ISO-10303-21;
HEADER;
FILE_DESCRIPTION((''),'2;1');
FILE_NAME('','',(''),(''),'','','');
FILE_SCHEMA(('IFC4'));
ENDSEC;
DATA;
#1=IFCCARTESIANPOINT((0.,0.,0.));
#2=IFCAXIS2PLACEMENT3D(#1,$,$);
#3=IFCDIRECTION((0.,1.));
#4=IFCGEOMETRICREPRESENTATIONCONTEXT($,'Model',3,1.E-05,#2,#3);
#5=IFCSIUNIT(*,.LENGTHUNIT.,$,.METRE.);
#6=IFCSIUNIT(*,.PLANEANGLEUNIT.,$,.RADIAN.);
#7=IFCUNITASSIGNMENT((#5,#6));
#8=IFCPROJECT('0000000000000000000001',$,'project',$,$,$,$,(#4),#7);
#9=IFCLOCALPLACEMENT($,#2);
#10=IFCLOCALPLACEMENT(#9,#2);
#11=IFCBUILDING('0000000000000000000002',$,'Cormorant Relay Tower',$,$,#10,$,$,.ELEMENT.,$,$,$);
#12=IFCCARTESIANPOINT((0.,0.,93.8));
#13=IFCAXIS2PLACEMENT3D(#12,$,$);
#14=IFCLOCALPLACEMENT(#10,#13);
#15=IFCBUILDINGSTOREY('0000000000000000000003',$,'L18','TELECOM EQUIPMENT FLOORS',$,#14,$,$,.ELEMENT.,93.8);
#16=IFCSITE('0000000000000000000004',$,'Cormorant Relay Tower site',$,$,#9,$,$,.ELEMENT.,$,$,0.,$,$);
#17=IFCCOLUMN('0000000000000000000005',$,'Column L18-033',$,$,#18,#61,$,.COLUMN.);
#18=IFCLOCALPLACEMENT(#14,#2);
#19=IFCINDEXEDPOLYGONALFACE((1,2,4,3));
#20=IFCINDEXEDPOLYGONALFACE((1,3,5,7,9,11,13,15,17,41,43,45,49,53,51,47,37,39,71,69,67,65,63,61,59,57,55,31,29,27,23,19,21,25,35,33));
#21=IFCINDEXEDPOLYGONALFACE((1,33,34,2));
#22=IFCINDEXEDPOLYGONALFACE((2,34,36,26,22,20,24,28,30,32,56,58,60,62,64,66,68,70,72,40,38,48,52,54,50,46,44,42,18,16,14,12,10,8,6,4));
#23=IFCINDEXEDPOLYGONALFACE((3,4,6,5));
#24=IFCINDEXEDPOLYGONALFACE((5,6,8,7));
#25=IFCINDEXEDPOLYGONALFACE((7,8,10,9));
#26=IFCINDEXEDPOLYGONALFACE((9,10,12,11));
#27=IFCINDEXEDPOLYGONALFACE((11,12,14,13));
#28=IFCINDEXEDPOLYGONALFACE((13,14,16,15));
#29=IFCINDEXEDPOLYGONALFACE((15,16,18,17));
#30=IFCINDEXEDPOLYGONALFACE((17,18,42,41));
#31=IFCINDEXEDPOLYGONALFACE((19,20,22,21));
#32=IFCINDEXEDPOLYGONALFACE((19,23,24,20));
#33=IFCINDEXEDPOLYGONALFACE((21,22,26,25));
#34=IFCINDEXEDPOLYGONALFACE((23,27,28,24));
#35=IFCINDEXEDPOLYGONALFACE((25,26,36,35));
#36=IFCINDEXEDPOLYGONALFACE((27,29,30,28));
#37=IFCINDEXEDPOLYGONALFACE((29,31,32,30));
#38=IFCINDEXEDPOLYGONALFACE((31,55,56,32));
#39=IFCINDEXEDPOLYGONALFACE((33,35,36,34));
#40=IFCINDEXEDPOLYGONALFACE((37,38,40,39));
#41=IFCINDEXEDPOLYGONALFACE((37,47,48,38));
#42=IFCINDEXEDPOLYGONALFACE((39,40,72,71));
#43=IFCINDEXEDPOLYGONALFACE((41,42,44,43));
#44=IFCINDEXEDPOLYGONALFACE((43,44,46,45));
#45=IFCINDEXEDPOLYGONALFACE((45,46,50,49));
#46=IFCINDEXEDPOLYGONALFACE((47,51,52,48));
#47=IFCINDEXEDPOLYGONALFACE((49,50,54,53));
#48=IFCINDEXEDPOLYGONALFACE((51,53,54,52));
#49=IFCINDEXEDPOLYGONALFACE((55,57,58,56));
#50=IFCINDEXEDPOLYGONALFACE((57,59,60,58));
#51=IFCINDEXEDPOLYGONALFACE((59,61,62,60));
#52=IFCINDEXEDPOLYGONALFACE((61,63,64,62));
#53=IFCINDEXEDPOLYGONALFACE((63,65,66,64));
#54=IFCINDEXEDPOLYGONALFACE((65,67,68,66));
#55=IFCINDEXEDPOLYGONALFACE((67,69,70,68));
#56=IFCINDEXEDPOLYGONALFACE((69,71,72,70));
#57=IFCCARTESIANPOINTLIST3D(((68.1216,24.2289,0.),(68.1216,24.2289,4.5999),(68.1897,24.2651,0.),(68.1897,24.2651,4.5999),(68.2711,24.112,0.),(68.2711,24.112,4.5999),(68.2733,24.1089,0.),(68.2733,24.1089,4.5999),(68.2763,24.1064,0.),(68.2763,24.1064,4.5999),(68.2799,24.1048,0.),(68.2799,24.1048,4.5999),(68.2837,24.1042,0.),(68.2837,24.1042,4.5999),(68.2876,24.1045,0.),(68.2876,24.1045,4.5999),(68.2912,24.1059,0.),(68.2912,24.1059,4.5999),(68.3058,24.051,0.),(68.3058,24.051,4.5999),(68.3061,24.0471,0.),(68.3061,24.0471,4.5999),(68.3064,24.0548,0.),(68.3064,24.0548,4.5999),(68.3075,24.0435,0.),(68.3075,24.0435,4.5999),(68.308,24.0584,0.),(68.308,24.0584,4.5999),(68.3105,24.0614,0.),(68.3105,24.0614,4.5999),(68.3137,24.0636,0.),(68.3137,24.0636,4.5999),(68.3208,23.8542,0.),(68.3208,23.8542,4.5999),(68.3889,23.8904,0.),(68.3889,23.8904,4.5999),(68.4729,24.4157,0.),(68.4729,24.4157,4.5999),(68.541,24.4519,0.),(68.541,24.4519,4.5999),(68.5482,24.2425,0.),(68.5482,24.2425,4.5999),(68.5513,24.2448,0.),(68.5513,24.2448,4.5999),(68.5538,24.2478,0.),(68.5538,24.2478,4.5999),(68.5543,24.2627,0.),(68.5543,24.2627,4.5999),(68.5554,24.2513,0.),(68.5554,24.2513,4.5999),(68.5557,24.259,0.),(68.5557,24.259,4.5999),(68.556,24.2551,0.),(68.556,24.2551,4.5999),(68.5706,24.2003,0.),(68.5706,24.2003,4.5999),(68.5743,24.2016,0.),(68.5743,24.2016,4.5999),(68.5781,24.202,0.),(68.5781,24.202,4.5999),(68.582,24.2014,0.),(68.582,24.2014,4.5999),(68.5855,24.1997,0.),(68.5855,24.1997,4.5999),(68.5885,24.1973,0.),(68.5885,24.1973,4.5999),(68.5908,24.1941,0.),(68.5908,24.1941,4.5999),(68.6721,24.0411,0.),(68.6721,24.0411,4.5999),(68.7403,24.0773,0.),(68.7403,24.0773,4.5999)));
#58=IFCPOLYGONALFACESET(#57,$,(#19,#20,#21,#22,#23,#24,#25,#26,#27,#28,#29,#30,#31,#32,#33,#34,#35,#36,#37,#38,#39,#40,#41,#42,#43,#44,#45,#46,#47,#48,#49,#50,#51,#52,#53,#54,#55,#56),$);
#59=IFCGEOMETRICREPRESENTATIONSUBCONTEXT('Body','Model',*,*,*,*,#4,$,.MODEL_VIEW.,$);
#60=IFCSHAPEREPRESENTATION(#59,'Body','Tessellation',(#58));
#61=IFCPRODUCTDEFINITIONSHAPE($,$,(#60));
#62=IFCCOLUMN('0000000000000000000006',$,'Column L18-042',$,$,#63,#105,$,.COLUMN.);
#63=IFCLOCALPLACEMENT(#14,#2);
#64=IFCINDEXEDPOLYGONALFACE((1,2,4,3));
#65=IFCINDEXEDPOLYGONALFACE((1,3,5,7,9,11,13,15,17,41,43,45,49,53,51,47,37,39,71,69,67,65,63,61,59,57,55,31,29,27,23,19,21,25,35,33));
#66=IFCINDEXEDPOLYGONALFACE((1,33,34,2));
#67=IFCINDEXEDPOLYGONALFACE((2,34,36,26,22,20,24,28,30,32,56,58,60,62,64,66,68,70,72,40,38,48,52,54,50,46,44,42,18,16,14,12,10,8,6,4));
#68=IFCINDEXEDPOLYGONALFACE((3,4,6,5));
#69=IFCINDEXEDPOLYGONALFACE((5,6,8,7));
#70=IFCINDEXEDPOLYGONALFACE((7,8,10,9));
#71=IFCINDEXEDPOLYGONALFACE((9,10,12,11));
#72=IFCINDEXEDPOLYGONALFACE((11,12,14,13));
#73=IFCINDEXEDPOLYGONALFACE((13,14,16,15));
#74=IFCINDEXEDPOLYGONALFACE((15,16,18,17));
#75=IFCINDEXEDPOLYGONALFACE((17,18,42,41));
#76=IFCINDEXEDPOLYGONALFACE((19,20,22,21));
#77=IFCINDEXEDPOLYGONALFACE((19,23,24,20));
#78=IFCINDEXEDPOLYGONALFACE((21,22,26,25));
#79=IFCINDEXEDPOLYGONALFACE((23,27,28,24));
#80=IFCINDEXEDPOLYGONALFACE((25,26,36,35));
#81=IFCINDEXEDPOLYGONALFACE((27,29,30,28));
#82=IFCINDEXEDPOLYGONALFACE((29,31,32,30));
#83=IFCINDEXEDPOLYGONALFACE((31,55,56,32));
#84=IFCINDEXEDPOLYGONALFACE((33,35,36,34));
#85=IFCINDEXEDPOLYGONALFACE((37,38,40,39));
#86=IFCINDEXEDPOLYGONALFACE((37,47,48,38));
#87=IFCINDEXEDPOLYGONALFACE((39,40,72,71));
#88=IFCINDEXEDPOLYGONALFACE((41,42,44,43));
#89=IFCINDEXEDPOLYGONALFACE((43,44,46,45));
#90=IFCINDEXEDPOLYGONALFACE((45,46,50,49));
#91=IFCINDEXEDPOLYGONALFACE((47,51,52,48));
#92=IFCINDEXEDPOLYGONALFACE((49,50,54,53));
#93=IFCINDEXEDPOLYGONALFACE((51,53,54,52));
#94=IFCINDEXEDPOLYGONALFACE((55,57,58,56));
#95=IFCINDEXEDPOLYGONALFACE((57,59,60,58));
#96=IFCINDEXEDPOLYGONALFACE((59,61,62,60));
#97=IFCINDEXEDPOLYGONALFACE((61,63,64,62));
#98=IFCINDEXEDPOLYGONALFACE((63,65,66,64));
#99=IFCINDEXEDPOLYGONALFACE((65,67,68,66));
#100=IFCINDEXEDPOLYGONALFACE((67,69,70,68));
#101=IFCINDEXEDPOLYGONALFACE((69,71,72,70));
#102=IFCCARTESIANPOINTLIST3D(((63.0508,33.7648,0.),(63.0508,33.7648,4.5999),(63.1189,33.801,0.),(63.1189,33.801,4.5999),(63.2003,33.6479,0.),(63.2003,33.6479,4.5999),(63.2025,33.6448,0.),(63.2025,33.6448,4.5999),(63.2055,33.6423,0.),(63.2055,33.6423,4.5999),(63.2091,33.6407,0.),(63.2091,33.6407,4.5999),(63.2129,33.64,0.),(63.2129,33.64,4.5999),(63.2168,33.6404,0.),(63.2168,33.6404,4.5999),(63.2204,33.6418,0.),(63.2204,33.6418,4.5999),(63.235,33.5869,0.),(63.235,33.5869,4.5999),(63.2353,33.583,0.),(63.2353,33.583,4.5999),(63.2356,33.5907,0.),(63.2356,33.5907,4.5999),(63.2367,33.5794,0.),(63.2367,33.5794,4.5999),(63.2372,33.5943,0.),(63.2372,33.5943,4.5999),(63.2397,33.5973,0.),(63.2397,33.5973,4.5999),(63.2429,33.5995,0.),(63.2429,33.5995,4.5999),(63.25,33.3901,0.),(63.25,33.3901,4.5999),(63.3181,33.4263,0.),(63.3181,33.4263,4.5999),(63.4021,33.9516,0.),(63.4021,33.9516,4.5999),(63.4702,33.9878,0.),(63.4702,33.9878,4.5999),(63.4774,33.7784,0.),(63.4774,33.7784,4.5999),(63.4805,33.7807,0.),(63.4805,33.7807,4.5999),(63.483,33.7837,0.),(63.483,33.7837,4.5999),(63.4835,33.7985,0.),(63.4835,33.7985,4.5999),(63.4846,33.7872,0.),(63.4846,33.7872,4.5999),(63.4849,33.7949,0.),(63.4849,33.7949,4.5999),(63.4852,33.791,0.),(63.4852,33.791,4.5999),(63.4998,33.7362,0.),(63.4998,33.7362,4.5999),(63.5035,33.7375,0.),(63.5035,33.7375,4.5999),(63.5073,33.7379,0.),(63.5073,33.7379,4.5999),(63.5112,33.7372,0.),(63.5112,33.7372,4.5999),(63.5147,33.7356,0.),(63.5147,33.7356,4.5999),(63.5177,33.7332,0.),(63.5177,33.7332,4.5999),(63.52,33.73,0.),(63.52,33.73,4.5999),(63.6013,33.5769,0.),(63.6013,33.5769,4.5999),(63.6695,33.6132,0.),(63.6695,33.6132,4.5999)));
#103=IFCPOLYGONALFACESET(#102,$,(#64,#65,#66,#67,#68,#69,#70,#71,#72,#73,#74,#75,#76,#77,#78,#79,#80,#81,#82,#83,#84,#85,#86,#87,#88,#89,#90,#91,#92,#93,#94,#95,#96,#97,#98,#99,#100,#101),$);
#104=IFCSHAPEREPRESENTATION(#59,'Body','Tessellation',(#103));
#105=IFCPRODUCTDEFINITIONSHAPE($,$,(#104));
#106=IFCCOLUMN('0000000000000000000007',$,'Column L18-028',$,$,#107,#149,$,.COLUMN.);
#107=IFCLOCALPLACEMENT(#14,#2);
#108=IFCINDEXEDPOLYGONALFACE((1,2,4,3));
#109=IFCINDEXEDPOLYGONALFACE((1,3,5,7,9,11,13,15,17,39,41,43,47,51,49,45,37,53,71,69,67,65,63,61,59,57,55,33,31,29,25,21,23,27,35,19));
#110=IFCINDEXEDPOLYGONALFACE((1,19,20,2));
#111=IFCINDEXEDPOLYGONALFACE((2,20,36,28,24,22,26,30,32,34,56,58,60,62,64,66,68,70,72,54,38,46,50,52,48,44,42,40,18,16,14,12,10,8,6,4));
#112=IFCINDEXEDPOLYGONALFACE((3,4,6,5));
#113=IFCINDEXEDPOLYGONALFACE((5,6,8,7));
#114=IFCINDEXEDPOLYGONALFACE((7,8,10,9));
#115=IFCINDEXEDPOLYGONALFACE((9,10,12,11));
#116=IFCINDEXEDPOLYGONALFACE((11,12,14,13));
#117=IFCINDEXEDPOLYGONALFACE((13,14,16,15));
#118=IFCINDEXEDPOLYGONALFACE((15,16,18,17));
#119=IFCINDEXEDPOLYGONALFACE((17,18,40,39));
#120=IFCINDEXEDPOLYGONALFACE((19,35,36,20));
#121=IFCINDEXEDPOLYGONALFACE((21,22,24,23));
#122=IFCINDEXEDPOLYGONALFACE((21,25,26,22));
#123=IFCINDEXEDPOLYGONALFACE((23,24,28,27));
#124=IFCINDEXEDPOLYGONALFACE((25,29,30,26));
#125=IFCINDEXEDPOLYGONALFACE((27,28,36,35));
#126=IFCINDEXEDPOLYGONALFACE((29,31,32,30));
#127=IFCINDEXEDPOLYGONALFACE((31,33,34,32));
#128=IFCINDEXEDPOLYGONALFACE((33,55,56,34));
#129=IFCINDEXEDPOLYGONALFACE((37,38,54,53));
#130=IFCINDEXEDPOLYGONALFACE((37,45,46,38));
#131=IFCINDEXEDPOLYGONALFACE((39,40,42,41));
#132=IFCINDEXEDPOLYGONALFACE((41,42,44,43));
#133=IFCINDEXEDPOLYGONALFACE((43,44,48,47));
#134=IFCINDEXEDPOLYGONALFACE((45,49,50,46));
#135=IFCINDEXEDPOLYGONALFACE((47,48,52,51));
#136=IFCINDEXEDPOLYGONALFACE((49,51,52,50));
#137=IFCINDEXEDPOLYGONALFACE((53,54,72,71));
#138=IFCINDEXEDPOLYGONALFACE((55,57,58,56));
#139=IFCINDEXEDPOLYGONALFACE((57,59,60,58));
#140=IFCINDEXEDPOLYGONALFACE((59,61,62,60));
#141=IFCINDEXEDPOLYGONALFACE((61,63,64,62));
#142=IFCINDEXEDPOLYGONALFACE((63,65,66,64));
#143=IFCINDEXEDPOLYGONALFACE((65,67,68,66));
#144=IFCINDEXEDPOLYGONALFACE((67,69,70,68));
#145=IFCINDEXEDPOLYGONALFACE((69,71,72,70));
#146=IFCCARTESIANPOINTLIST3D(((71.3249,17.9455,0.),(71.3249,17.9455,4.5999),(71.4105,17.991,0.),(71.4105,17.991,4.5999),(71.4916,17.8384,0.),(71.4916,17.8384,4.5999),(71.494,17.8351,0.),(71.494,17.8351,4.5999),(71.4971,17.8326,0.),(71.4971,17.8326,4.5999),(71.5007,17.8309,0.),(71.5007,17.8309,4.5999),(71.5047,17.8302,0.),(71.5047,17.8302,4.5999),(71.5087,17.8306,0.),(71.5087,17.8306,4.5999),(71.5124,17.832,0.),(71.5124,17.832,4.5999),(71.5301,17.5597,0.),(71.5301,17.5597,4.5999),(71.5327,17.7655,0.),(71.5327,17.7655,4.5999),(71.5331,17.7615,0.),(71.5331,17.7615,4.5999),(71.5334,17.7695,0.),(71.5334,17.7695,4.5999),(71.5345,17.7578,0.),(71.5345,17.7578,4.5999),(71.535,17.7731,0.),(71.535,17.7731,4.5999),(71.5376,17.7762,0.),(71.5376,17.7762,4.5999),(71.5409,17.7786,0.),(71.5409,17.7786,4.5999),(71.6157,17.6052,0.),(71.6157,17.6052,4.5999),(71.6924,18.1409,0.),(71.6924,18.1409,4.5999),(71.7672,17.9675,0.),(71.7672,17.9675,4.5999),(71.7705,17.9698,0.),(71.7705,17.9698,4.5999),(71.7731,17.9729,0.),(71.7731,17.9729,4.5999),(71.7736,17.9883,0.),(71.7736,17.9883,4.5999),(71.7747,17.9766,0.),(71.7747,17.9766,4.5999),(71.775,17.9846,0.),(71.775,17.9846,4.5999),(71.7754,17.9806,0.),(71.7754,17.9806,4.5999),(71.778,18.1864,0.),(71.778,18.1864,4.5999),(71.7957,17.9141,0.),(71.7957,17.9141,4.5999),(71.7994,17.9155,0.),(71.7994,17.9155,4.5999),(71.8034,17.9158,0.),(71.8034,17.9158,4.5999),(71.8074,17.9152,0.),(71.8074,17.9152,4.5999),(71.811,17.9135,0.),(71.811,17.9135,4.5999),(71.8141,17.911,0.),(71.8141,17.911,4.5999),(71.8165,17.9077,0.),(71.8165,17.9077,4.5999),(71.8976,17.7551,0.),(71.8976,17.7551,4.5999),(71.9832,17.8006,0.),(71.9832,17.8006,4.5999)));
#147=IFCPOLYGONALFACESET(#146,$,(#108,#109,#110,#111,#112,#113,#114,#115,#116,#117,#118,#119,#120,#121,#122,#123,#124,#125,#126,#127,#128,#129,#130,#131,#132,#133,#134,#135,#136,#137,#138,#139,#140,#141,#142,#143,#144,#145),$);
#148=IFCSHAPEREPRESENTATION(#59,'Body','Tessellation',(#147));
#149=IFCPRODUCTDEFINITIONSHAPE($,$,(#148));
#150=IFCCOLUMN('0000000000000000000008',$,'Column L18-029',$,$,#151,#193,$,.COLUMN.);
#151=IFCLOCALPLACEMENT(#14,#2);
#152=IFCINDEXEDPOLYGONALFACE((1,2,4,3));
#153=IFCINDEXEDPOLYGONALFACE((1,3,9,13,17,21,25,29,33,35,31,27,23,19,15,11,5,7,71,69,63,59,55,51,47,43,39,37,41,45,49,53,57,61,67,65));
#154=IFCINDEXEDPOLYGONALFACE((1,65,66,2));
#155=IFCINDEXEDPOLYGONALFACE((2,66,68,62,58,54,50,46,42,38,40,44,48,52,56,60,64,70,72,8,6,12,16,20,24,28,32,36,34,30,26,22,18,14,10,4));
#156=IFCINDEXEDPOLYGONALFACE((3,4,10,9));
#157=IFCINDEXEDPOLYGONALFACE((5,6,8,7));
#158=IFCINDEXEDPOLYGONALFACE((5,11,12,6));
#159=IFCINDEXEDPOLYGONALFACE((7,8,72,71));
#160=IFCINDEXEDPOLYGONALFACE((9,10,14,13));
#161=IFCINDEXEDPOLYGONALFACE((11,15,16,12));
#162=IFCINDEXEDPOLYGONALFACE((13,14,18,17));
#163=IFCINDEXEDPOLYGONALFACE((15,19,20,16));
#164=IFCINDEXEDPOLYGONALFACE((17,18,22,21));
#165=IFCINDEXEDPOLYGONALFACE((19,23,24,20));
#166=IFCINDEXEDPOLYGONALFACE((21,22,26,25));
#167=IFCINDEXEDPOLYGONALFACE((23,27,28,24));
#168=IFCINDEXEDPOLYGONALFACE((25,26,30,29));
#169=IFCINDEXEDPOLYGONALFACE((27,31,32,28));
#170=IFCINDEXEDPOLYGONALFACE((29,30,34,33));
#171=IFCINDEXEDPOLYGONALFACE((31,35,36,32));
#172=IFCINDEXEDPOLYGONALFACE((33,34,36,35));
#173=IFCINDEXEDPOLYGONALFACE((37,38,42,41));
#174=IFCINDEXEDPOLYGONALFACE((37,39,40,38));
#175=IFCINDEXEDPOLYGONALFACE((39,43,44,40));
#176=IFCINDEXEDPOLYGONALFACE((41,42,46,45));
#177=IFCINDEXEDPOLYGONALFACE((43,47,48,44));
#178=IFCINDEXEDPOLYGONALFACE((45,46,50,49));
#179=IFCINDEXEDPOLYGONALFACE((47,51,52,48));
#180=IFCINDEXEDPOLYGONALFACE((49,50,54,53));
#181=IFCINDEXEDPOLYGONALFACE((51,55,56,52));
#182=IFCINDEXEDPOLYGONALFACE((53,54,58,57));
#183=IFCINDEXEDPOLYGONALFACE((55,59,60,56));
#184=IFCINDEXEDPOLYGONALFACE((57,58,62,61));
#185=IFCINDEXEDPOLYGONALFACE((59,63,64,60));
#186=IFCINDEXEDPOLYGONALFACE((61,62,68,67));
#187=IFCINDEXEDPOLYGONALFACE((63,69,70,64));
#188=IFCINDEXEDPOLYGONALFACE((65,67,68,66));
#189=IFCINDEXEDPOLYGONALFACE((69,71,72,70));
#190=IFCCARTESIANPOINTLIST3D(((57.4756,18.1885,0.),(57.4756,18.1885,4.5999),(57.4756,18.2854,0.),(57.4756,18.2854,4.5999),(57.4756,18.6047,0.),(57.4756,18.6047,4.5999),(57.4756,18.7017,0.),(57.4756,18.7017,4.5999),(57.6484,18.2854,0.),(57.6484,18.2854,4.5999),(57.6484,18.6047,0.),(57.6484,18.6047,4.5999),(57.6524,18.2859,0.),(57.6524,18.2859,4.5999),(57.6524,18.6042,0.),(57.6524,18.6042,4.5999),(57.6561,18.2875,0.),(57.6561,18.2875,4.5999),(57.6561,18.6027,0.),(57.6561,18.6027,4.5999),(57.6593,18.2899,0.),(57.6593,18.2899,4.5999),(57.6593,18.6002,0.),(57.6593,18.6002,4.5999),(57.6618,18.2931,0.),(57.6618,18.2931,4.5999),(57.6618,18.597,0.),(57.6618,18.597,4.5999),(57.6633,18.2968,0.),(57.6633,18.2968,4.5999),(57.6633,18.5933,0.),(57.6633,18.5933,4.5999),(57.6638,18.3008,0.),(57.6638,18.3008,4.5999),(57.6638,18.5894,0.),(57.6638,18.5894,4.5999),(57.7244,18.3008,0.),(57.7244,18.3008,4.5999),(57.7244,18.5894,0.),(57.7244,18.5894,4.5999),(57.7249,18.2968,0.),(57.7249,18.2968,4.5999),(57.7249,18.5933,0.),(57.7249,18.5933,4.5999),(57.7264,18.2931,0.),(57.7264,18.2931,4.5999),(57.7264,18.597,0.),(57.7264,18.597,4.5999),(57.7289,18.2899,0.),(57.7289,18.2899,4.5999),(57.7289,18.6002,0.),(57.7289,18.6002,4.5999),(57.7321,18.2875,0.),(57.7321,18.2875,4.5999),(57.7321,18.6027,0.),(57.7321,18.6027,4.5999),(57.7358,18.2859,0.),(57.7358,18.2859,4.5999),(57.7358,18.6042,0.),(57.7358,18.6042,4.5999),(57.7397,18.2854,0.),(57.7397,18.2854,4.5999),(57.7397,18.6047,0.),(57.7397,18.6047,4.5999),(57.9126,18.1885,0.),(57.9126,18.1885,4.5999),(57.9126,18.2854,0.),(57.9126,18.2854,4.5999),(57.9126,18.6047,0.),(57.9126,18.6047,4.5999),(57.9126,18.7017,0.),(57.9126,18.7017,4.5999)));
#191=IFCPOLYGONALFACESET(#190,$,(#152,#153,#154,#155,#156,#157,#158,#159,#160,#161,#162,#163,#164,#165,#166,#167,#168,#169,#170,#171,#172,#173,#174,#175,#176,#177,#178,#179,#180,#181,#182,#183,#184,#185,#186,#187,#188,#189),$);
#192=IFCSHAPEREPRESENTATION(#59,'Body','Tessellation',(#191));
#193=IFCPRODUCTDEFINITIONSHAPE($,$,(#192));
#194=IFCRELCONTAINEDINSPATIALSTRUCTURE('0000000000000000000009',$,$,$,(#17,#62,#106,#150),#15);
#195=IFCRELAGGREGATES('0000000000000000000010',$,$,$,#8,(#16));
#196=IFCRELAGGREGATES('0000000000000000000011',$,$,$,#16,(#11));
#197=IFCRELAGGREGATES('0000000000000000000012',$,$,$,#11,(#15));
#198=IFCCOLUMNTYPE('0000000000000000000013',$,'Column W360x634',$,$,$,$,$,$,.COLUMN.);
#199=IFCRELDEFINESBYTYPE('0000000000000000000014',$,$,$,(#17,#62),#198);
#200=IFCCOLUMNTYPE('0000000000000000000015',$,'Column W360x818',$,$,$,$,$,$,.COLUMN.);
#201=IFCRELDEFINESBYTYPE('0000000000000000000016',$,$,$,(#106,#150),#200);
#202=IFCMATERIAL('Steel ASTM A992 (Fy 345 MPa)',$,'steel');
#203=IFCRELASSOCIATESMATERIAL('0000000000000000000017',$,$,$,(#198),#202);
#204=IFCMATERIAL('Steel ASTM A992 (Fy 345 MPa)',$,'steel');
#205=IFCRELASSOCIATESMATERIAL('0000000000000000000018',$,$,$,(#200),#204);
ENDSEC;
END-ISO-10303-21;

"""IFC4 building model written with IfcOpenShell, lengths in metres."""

from ifc_helpers import new_model, si_unit, direction, frame, origin, origin_2d, place, context, subcontext, project, spatial, i_section, extrude, material, material_profile, profile_set, type_object, element, save


model = new_model("IFC4")

# Units and contexts
model_context = context("Model", 3, precision=1e-05, world=origin(), true_north=direction((0.0, 1.0)))
body_context = subcontext(model_context, "Body", "Model", "MODEL_VIEW")
ifc_project = project(units=[si_unit("LENGTHUNIT", "METRE"), si_unit("PLANEANGLEUNIT", "RADIAN")], contexts=[model_context])

# Site, building, storey
site_placement = place(None, origin())
site = spatial("IfcSite", under=ifc_project, at=site_placement, Name="Cormorant Relay Tower site", CompositionType="ELEMENT", RefElevation=0.0)
building_placement = place(site_placement, origin())
building = spatial("IfcBuilding", under=site, at=building_placement, Name="Cormorant Relay Tower", CompositionType="ELEMENT")
storey_placement = place(building_placement, frame((0.0, 0.0, 93.8)))
storey = spatial("IfcBuildingStorey", under=building, at=storey_placement, Name="L18", Description="TELECOM EQUIPMENT FLOORS", CompositionType="ELEMENT", Elevation=93.8)

# Columns
ifc_material_1 = material(Name="Steel ASTM A992 (Fy 345 MPa)", Category="steel")
ifc_material_profile_1 = material_profile(ifc_material_1, i_section(OverallWidth=0.4243, OverallDepth=0.4751, WebThickness=0.0479, FlangeThickness=0.0771, FilletRadius=0.0149, at=origin_2d()), Name="W360x634")
ifc_profile_set_1 = profile_set([ifc_material_profile_1], Name="Steel ASTM A992 (Fy 345 MPa)")
column_type_1 = type_object("IfcColumnType", Name="Column W360x634", PredefinedType="COLUMN", material=ifc_profile_set_1)
for number, where, z_axis, x_axis, name in (
    (1, (68.4309, 24.1531, 0.0), (0.0, 0.0, 1.0), (-0.469472, 0.882948, 0.0), "Column L18-033"),
    (2, (63.3601, 33.689, 0.0), (0.0, 0.0, 1.0), (-0.469472, 0.882948, 0.0), "Column L18-042"),
):
    element("IfcColumn", number, at=place(storey_placement, frame(where, z_axis=z_axis, x_axis=x_axis)), inside=storey, type_object=column_type_1, Name=name, PredefinedType="COLUMN", context=body_context, shape_type="SweptSolid", body=[
        extrude(i_section(OverallWidth=0.4243, OverallDepth=0.4751, WebThickness=0.0479, FlangeThickness=0.0771, FilletRadius=0.0149, at=origin_2d()), origin(), (0.0, 0.0, 1.0), 4.5999),
    ])
ifc_material_2 = material(Name="Steel ASTM A992 (Fy 345 MPa)", Category="steel")
ifc_material_profile_2 = material_profile(ifc_material_2, i_section(OverallWidth=0.437, OverallDepth=0.5132, WebThickness=0.0605, FlangeThickness=0.0969, FilletRadius=0.0154, at=origin_2d()), Name="W360x818")
ifc_profile_set_2 = profile_set([ifc_material_profile_2], Name="Steel ASTM A992 (Fy 345 MPa)")
column_type_2 = type_object("IfcColumnType", Name="Column W360x818", PredefinedType="COLUMN", material=ifc_profile_set_2)
for number, where, z_axis, x_axis, name in (
    (3, (71.6541, 17.873, 0.0), (0.0, 0.0, 1.0), (-0.469472, 0.882948, 0.0), "Column L18-028"),
    (4, (57.6941, 18.4451, 0.0), (0.0, 0.0, 1.0), (1.0, 0.0, 0.0), "Column L18-029"),
):
    element("IfcColumn", number, at=place(storey_placement, frame(where, z_axis=z_axis, x_axis=x_axis)), inside=storey, type_object=column_type_2, Name=name, PredefinedType="COLUMN", context=body_context, shape_type="SweptSolid", body=[
        extrude(i_section(OverallWidth=0.437, OverallDepth=0.5132, WebThickness=0.0605, FlangeThickness=0.0969, FilletRadius=0.0154, at=origin_2d()), origin(), (0.0, 0.0, 1.0), 4.5999),
    ])

save(model, "model.ifc")
